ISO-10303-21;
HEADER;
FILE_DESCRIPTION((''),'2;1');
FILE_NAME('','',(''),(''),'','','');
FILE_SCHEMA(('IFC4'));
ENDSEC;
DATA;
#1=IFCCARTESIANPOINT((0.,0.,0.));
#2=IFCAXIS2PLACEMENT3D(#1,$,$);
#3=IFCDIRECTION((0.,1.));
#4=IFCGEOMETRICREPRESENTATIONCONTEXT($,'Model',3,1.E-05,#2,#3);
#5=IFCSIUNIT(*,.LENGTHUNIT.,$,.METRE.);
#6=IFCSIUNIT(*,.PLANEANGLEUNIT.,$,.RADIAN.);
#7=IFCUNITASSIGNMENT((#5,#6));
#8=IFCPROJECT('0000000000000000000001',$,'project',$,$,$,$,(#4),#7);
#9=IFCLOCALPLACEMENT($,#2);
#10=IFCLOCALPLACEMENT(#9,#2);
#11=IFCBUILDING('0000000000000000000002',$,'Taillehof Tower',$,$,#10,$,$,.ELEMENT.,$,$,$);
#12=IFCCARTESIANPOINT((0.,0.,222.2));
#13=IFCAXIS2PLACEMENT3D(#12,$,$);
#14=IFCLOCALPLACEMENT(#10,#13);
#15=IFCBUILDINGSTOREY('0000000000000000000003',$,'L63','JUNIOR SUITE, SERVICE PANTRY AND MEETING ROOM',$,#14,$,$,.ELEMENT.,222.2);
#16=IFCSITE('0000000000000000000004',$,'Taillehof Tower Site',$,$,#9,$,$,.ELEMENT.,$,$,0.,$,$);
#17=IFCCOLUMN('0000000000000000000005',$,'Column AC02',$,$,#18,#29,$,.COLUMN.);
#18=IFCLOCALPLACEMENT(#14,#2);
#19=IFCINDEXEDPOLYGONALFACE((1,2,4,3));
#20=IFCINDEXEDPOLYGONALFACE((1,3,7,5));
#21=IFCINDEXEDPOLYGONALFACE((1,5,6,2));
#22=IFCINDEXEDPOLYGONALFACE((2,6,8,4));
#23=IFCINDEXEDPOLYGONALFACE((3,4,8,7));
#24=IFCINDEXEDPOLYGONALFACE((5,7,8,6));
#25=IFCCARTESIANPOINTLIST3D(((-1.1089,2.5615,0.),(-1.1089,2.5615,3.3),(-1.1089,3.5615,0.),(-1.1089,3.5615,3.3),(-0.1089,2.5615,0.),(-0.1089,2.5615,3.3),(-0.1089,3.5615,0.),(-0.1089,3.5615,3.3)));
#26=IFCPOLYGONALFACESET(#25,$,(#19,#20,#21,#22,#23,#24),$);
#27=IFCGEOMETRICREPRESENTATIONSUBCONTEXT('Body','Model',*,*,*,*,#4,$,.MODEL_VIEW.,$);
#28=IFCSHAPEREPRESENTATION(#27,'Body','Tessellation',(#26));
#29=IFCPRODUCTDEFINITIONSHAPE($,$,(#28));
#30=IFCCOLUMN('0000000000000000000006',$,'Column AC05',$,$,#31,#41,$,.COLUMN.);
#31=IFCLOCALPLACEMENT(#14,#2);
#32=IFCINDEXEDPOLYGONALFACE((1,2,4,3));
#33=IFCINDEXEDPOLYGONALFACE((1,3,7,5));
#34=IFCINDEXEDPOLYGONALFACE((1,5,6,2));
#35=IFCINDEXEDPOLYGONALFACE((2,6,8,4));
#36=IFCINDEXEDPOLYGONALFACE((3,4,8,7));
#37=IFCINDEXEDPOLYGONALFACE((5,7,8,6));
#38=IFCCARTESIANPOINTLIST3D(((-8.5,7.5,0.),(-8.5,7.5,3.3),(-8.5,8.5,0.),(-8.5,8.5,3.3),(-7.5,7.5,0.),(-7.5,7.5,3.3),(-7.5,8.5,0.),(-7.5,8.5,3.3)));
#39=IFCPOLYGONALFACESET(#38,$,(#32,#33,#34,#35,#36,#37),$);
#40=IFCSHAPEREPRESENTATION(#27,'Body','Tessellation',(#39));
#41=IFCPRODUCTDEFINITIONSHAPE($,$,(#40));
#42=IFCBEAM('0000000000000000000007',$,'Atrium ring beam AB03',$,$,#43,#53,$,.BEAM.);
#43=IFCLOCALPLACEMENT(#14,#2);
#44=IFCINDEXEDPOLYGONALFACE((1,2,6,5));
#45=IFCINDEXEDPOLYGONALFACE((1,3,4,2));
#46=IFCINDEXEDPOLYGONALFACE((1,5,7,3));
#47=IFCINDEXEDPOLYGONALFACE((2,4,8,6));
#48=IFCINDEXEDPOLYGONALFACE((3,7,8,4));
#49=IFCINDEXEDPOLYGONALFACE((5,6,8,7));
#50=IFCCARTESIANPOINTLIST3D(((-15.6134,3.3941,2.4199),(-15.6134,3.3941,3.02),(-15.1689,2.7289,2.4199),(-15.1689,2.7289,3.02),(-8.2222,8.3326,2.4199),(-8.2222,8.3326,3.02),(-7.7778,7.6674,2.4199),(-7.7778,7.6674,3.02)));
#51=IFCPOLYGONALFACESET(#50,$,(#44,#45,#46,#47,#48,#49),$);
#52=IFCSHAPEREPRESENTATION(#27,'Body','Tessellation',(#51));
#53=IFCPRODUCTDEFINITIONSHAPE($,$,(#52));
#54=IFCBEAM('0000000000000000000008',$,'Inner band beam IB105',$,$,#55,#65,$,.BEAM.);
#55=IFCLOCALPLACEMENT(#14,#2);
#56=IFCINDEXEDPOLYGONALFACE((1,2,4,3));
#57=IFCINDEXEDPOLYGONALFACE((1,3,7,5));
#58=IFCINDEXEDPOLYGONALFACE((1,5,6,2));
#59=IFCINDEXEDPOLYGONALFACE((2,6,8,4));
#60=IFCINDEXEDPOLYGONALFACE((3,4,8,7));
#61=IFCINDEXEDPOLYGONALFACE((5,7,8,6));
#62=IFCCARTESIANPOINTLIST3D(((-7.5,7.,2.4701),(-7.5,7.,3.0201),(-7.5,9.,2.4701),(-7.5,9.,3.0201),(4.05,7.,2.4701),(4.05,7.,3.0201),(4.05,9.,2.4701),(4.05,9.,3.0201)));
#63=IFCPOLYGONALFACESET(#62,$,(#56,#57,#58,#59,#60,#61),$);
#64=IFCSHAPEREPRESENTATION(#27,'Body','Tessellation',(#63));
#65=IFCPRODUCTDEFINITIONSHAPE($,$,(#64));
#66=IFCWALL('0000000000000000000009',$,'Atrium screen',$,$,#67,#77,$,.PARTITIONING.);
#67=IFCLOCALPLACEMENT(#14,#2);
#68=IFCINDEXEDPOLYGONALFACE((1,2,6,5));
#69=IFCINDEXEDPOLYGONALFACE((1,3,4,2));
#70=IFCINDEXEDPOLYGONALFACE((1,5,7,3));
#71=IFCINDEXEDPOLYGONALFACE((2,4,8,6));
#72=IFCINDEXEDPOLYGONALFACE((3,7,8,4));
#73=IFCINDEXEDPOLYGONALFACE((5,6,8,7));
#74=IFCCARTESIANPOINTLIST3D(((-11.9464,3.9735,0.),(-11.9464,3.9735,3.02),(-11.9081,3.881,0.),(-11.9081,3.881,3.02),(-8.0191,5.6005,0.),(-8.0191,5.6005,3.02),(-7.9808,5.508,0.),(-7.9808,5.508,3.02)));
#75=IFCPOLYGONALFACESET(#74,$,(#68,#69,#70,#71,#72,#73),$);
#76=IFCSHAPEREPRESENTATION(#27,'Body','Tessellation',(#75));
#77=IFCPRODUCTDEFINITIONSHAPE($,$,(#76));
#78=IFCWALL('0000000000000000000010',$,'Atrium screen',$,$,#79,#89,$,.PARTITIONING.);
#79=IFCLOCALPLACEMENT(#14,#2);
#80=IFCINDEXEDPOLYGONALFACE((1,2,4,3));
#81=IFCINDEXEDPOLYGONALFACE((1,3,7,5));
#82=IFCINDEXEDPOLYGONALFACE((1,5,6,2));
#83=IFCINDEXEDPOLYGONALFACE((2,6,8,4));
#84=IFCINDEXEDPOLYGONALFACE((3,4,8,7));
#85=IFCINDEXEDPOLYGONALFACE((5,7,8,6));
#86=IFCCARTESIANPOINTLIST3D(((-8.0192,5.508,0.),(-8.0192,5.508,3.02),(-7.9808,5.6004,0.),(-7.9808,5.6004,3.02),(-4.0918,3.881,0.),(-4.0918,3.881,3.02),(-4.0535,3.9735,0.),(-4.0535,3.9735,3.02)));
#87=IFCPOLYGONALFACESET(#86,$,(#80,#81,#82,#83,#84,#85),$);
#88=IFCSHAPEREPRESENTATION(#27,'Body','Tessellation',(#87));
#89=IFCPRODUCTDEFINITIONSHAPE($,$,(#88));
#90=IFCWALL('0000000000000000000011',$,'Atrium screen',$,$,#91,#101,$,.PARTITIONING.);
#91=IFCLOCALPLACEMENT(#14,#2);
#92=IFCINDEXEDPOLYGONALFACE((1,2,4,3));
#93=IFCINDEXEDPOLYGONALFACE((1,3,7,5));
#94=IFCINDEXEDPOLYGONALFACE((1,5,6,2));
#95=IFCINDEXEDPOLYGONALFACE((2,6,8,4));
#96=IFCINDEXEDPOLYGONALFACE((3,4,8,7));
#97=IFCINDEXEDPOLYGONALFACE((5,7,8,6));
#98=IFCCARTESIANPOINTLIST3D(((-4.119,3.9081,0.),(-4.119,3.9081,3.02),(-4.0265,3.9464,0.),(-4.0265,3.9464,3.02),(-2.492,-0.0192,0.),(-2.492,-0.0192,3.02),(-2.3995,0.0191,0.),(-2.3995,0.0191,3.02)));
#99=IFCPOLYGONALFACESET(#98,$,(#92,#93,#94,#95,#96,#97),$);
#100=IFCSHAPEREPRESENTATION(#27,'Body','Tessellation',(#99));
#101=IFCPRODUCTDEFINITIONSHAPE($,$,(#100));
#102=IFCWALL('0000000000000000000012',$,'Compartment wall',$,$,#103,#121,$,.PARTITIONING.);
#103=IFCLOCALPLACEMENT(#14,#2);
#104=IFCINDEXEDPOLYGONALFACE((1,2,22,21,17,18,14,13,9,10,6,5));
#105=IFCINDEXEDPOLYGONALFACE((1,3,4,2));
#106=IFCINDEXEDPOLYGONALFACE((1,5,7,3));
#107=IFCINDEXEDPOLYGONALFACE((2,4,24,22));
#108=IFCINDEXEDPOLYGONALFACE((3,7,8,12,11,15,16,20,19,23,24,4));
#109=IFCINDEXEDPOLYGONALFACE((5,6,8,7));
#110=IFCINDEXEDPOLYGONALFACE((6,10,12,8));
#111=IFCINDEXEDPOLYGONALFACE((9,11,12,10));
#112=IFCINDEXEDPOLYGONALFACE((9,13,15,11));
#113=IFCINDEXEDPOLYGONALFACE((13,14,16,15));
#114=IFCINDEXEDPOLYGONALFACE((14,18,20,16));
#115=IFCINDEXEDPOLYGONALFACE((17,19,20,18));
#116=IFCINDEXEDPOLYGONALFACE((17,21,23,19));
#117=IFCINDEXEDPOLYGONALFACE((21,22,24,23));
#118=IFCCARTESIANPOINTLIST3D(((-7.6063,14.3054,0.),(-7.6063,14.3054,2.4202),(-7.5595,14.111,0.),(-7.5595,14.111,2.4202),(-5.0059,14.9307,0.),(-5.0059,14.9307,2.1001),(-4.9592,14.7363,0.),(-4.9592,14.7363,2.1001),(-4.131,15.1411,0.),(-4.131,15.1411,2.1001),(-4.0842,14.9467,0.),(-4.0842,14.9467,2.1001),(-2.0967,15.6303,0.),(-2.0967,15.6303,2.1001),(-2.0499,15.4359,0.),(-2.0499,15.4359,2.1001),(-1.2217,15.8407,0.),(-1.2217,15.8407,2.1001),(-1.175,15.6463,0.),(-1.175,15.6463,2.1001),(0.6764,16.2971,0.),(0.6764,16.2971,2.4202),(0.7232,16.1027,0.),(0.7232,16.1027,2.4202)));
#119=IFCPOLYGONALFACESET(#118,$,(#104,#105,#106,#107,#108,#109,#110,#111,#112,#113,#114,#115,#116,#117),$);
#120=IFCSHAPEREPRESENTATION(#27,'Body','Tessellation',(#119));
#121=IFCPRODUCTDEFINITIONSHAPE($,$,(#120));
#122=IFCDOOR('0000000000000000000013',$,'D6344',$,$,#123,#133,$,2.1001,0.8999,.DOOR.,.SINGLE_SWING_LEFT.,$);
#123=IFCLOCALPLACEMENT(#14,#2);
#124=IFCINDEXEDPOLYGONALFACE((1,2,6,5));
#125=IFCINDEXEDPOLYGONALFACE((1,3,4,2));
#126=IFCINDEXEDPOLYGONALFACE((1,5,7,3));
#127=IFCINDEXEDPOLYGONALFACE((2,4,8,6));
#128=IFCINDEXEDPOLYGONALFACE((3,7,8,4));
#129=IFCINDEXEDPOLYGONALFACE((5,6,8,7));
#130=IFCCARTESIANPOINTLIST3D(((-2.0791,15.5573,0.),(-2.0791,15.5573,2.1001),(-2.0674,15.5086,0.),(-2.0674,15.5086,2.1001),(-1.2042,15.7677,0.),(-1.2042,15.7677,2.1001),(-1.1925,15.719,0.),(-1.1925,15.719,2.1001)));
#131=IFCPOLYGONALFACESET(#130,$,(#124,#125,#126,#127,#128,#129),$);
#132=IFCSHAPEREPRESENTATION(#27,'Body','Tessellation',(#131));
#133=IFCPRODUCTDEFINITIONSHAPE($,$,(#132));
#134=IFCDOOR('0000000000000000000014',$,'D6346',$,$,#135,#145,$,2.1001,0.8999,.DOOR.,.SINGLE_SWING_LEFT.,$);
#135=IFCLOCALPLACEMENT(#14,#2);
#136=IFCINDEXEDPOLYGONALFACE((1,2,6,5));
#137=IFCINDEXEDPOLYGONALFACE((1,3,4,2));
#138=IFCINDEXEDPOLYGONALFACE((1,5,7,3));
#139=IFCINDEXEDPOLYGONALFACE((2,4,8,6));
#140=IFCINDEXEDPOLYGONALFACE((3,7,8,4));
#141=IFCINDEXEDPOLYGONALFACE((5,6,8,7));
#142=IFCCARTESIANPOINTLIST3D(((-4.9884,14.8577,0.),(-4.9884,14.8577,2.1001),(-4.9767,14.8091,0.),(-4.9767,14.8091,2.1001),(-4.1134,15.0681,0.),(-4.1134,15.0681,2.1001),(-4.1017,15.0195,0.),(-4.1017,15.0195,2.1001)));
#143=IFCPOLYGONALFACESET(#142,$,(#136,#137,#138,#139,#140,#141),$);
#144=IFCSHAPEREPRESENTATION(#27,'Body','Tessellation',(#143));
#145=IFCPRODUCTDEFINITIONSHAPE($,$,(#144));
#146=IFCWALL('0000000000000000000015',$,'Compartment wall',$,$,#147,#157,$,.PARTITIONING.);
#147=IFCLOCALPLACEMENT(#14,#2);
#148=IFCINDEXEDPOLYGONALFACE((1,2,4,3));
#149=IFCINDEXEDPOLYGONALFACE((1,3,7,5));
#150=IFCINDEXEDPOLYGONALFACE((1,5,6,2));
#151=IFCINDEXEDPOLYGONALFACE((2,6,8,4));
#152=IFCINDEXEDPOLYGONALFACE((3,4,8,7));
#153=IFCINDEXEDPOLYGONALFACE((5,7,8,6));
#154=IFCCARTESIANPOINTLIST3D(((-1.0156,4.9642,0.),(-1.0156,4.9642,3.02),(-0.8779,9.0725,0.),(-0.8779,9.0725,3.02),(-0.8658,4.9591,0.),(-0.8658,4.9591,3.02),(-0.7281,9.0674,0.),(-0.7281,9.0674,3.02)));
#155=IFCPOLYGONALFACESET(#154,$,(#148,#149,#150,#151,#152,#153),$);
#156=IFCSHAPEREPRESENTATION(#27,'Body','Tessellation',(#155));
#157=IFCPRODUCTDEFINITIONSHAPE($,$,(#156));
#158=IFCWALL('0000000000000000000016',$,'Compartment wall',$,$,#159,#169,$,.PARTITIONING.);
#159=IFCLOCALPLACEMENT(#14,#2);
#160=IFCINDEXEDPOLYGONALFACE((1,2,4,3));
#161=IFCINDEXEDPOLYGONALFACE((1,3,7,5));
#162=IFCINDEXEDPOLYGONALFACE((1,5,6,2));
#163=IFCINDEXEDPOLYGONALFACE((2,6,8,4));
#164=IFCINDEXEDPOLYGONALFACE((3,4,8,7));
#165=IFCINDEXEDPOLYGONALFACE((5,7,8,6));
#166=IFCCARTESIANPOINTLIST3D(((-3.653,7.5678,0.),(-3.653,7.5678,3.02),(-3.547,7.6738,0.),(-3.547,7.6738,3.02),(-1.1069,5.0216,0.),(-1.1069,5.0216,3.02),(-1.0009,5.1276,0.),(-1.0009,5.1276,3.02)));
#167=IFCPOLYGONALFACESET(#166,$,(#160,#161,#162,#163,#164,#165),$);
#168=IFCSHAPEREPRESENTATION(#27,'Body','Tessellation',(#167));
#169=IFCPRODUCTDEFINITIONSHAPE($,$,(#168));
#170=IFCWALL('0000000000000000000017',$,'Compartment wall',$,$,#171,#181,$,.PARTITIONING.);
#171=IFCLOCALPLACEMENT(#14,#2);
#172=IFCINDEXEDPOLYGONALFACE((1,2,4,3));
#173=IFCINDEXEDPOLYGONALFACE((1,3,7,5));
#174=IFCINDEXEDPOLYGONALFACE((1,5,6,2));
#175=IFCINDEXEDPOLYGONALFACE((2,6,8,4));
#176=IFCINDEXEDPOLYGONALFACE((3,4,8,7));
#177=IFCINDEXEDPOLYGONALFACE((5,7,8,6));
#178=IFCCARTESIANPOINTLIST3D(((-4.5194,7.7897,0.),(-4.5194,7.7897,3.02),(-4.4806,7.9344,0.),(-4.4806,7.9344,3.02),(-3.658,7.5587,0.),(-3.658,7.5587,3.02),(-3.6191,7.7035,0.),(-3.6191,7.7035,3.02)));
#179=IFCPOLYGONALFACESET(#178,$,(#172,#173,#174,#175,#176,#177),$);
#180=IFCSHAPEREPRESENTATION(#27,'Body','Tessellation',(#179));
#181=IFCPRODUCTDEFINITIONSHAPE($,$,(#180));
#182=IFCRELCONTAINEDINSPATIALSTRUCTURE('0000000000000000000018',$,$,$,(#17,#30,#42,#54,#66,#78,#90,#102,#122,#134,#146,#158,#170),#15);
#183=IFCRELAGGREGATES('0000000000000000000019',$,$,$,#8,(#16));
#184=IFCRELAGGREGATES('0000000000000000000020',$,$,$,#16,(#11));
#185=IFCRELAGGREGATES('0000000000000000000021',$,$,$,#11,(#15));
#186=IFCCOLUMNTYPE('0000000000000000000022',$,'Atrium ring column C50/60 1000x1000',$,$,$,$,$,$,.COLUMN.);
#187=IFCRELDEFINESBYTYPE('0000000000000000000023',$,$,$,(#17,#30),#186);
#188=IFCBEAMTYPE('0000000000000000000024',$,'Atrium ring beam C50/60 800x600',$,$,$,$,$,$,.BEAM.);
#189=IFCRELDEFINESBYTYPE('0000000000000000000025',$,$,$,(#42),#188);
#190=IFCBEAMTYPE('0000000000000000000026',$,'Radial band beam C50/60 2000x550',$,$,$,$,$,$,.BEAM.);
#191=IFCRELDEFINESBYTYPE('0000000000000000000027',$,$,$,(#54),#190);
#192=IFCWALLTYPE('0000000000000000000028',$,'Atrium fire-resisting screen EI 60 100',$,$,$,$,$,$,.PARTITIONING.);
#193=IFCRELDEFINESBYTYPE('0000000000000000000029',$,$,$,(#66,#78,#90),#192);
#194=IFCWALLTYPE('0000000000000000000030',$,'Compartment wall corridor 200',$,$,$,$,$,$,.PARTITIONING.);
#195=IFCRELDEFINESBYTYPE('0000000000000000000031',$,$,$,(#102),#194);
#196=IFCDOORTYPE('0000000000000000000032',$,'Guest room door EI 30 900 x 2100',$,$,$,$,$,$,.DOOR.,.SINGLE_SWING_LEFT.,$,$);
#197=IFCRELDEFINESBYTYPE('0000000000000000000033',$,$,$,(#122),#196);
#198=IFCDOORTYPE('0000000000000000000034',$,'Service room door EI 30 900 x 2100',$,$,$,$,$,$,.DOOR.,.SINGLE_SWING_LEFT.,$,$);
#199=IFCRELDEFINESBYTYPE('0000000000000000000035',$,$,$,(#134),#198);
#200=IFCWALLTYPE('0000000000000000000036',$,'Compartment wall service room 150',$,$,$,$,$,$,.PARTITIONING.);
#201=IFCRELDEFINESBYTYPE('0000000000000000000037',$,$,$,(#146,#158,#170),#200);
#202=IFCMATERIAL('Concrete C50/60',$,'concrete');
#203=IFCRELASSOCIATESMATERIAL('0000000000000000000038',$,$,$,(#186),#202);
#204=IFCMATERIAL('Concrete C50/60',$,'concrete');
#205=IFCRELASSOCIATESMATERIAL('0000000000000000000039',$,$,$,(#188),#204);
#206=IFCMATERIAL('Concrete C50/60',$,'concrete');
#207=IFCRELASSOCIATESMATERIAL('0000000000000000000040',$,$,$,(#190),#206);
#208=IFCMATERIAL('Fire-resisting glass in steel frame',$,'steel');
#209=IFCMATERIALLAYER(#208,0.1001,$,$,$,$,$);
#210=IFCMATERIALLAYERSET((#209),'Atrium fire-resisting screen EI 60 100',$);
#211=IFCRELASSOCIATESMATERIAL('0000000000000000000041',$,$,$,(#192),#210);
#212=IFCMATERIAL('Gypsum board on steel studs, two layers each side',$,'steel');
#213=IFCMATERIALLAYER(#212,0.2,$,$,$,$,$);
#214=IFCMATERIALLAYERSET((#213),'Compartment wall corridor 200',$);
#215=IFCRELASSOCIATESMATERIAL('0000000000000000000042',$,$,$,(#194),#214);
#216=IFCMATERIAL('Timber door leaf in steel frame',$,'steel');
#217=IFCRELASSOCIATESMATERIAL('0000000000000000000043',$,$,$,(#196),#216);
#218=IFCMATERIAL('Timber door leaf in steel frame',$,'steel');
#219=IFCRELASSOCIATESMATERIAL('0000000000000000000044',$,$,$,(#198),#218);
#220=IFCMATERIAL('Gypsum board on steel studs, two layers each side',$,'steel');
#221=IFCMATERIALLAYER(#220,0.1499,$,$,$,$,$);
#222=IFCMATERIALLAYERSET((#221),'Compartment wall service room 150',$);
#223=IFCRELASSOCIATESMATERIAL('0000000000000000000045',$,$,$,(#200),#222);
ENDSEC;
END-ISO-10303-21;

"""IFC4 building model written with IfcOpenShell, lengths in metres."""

from ifc_helpers import new_model, si_unit, direction, frame, frame_2d, origin, origin_2d, place, context, subcontext, project, spatial, rectangle, extrude, material, layer, layer_set, material_profile, profile_set, type_object, element, fill, save


model = new_model("IFC4")

# Units and contexts
model_context = context("Model", 3, precision=1e-05, world=origin(), true_north=direction((0.0, 1.0)))
body_context = subcontext(model_context, "Body", "Model", "MODEL_VIEW")
ifc_project = project(units=[si_unit("LENGTHUNIT", "METRE"), si_unit("PLANEANGLEUNIT", "RADIAN")], contexts=[model_context])

# Site, building, storey
site_placement = place(None, origin())
site = spatial("IfcSite", under=ifc_project, at=site_placement, Name="Taillehof Tower Site", CompositionType="ELEMENT", RefElevation=0.0)
building_placement = place(site_placement, origin())
building = spatial("IfcBuilding", under=site, at=building_placement, Name="Taillehof Tower", CompositionType="ELEMENT")
storey_placement = place(building_placement, frame((0.0, 0.0, 222.2)))
storey = spatial("IfcBuildingStorey", under=building, at=storey_placement, Name="L63", Description="JUNIOR SUITE, SERVICE PANTRY AND MEETING ROOM", CompositionType="ELEMENT", Elevation=222.2)

# Columns
ifc_material_1 = material(Name="Concrete C50/60", Category="concrete")
ifc_material_profile_1 = material_profile(ifc_material_1, rectangle(XDim=1.0, YDim=1.0, at=origin_2d()), Name="RC 1000x1000")
ifc_profile_set_1 = profile_set([ifc_material_profile_1], Name="Concrete C50/60")
column_type = type_object("IfcColumnType", Name="Atrium ring column C50/60 1000x1000", PredefinedType="COLUMN", material=ifc_profile_set_1)
for number, where, z_axis, x_axis, name in (
    (1, (-0.6089, 3.0615, 0.0), (0.0, 0.0, 1.0), (1.0, 0.0, 0.0), "Column AC02"),
    (2, (-8.0, 8.0, 0.0), (0.0, 0.0, 1.0), (1.0, 0.0, 0.0), "Column AC05"),
):
    element("IfcColumn", number, at=place(storey_placement, frame(where, z_axis=z_axis, x_axis=x_axis)), inside=storey, type_object=column_type, Name=name, PredefinedType="COLUMN", context=body_context, shape_type="SweptSolid", body=[
        extrude(rectangle(XDim=1.0, YDim=1.0, at=origin_2d()), origin(), (0.0, 0.0, 1.0), 3.3),
    ])

# Beams
ifc_material_2 = material(Name="Concrete C50/60", Category="concrete")
ifc_material_profile_2 = material_profile(ifc_material_2, rectangle(XDim=0.8, YDim=0.6001, at=origin_2d()), Name="RC 800x600")
ifc_profile_set_2 = profile_set([ifc_material_profile_2], Name="Concrete C50/60")
beam_type_1 = type_object("IfcBeamType", Name="Atrium ring beam C50/60 800x600", PredefinedType="BEAM", material=ifc_profile_set_2)
beam_1_placement = place(storey_placement, frame((-8.0, 8.0, 2.72), z_axis=(-0.831475, -0.555562, 0.0), x_axis=(0.555562, -0.831475, 0.0)))
element("IfcBeam", 3, at=beam_1_placement, inside=storey, type_object=beam_type_1, Name="Atrium ring beam AB03", PredefinedType="BEAM", context=body_context, shape_type="SweptSolid", body=[
    extrude(rectangle(XDim=0.8, YDim=0.6001, at=origin_2d()), origin(), (0.0, 0.0, 1.0), 8.8892),
])
ifc_material_3 = material(Name="Concrete C50/60", Category="concrete")
ifc_material_profile_3 = material_profile(ifc_material_3, rectangle(XDim=2.0, YDim=0.55, at=origin_2d()), Name="RC 2000x550")
ifc_profile_set_3 = profile_set([ifc_material_profile_3], Name="Concrete C50/60")
beam_type_2 = type_object("IfcBeamType", Name="Radial band beam C50/60 2000x550", PredefinedType="BEAM", material=ifc_profile_set_3)
beam_2_placement = place(storey_placement, frame((-7.5, 8.0, 2.7451), z_axis=(1.0, 0.0, 0.0), x_axis=(0.0, 1.0, 0.0)))
element("IfcBeam", 4, at=beam_2_placement, inside=storey, type_object=beam_type_2, Name="Inner band beam IB105", PredefinedType="BEAM", context=body_context, shape_type="SweptSolid", body=[
    extrude(rectangle(XDim=2.0, YDim=0.55, at=origin_2d()), origin(), (0.0, 0.0, 1.0), 11.55),
])

# Walls
ifc_material_4 = material(Name="Fire-resisting glass in steel frame", Category="steel")
ifc_layer_1 = layer(ifc_material_4, 0.1001)
ifc_layer_set_1 = layer_set([ifc_layer_1], Name="Atrium fire-resisting screen EI 60 100")
wall_type_1 = type_object("IfcWallType", Name="Atrium fire-resisting screen EI 60 100", PredefinedType="PARTITIONING", material=ifc_layer_set_1)
for number, where, z_axis, x_axis, name in (
    (5, (-11.9272, 3.9272, 0.0), (0.0, 0.0, 1.0), (0.92386, 0.382731, 0.0), "Atrium screen"),
    (6, (-8.0, 5.5542, 0.0), (0.0, 0.0, 1.0), (0.92386, -0.382731, 0.0), "Atrium screen"),
    (7, (-4.0728, 3.9272, 0.0), (0.0, 0.0, 1.0), (0.382731, -0.92386, 0.0), "Atrium screen"),
):
    element("IfcWall", number, at=place(storey_placement, frame(where, z_axis=z_axis, x_axis=x_axis)), inside=storey, type_object=wall_type_1, Name=name, PredefinedType="PARTITIONING", context=body_context, shape_type="SweptSolid", body=[
        extrude(rectangle(XDim=4.251, YDim=0.1001, at=frame_2d((2.1255, 0.0))), origin(), (0.0, 0.0, 1.0), 3.02),
    ])

# Wall, openings, doors
ifc_material_5 = material(Name="Gypsum board on steel studs, two layers each side", Category="steel")
ifc_layer_2 = layer(ifc_material_5, 0.2)
ifc_layer_set_2 = layer_set([ifc_layer_2], Name="Compartment wall corridor 200")
wall_type_2 = type_object("IfcWallType", Name="Compartment wall corridor 200", PredefinedType="PARTITIONING", material=ifc_layer_set_2)
wall_1_placement = place(storey_placement, frame((-7.5828, 14.2083, 0.0), z_axis=(0.0, 0.0, 1.0), x_axis=(0.972285, 0.2338, 0.0)))
wall_1 = element("IfcWall", 8, at=wall_1_placement, inside=storey, type_object=wall_type_2, Name="Compartment wall", PredefinedType="PARTITIONING", context=body_context, shape_type="SweptSolid", body=[
    extrude(rectangle(XDim=8.5188, YDim=0.2, at=frame_2d((4.2593, 0.0))), origin(), (0.0, 0.0, 1.0), 2.4202),
])
opening_1_placement = place(wall_1_placement, frame((5.6665, 0.0, 0.0)))
opening_1 = element("IfcOpeningElement", 9, at=opening_1_placement, cuts=wall_1, PredefinedType="OPENING", context=body_context, shape_type="SweptSolid", body=[
    extrude(rectangle(XDim=0.8999, YDim=2.1001, at=frame_2d((0.45, 1.05))), frame((0.0, 0.1099, 0.0), z_axis=(0.0, -1.0, 0.0), x_axis=(1.0, 0.0, 0.0)), (0.0, 0.0, 1.0), 0.22),
])
opening_2_placement = place(wall_1_placement, frame((2.6743, 0.0, 0.0)))
opening_2 = element("IfcOpeningElement", 10, at=opening_2_placement, cuts=wall_1, PredefinedType="OPENING", context=body_context, shape_type="SweptSolid", body=[
    extrude(rectangle(XDim=0.8999, YDim=2.1001, at=frame_2d((0.45, 1.05))), frame((0.0, 0.1099, 0.0), z_axis=(0.0, -1.0, 0.0), x_axis=(1.0, 0.0, 0.0)), (0.0, 0.0, 1.0), 0.22),
])
ifc_material_6 = material(Name="Timber door leaf in steel frame", Category="steel")
door_type_1 = type_object("IfcDoorType", Name="Guest room door EI 30 900 x 2100", OperationType="SINGLE_SWING_LEFT", PredefinedType="DOOR", material=ifc_material_6)
door_1_placement = place(opening_1_placement, origin())
door_1 = element("IfcDoor", 11, at=door_1_placement, inside=storey, type_object=door_type_1, Name="D6344", OperationType="SINGLE_SWING_LEFT", OverallHeight=2.1001, OverallWidth=0.8999, PredefinedType="DOOR", context=body_context, shape_type="SweptSolid", body=[
    extrude(rectangle(XDim=0.8999, YDim=2.1001, at=frame_2d((0.45, 1.05))), frame((0.0, 0.0249, 0.0), z_axis=(0.0, -1.0, 0.0), x_axis=(1.0, 0.0, 0.0)), (0.0, 0.0, 1.0), 0.05),
])
fill(opening_1, door_1)
ifc_material_7 = material(Name="Timber door leaf in steel frame", Category="steel")
door_type_2 = type_object("IfcDoorType", Name="Service room door EI 30 900 x 2100", OperationType="SINGLE_SWING_LEFT", PredefinedType="DOOR", material=ifc_material_7)
door_2_placement = place(opening_2_placement, origin())
door_2 = element("IfcDoor", 12, at=door_2_placement, inside=storey, type_object=door_type_2, Name="D6346", OperationType="SINGLE_SWING_LEFT", OverallHeight=2.1001, OverallWidth=0.8999, PredefinedType="DOOR", context=body_context, shape_type="SweptSolid", body=[
    extrude(rectangle(XDim=0.8999, YDim=2.1001, at=frame_2d((0.45, 1.05))), frame((0.0, 0.0249, 0.0), z_axis=(0.0, -1.0, 0.0), x_axis=(1.0, 0.0, 0.0)), (0.0, 0.0, 1.0), 0.05),
])
fill(opening_2, door_2)

# Walls
ifc_material_8 = material(Name="Gypsum board on steel studs, two layers each side", Category="steel")
ifc_layer_3 = layer(ifc_material_8, 0.1499)
ifc_layer_set_3 = layer_set([ifc_layer_3], Name="Compartment wall service room 150")
wall_type_3 = type_object("IfcWallType", Name="Compartment wall service room 150", PredefinedType="PARTITIONING", material=ifc_layer_set_3)
wall_2_placement = place(storey_placement, frame((-0.803, 9.0698, 0.0), z_axis=(0.0, 0.0, 1.0), x_axis=(-0.033497, -0.999439, 0.0)))
element("IfcWall", 13, at=wall_2_placement, inside=storey, type_object=wall_type_3, Name="Compartment wall", PredefinedType="PARTITIONING", context=body_context, shape_type="SweptSolid", body=[
    extrude(rectangle(XDim=4.1106, YDim=0.1499, at=frame_2d((2.0552, 0.0))), origin(), (0.0, 0.0, 1.0), 3.02),
])
wall_3_placement = place(storey_placement, frame((-1.054, 5.0747, 0.0), z_axis=(0.0, 0.0, 1.0), x_axis=(-0.707107, 0.707107, 0.0)))
element("IfcWall", 14, at=wall_3_placement, inside=storey, type_object=wall_type_3, Name="Compartment wall", PredefinedType="PARTITIONING", context=body_context, shape_type="SweptSolid", body=[
    extrude(rectangle(XDim=3.6008, YDim=0.1499, at=frame_2d((1.8003, 0.0))), origin(), (0.0, 0.0, 1.0), 3.02),
])
wall_4_placement = place(storey_placement, frame((-3.6387, 7.6311, 0.0), z_axis=(0.0, 0.0, 1.0), x_axis=(-0.96588, 0.258992, 0.0)))
element("IfcWall", 15, at=wall_4_placement, inside=storey, type_object=wall_type_3, Name="Compartment wall", PredefinedType="PARTITIONING", context=body_context, shape_type="SweptSolid", body=[
    extrude(rectangle(XDim=0.8918, YDim=0.1499, at=frame_2d((0.4458, 0.0))), origin(), (0.0, 0.0, 1.0), 3.02),
])

save(model, "model.ifc")
